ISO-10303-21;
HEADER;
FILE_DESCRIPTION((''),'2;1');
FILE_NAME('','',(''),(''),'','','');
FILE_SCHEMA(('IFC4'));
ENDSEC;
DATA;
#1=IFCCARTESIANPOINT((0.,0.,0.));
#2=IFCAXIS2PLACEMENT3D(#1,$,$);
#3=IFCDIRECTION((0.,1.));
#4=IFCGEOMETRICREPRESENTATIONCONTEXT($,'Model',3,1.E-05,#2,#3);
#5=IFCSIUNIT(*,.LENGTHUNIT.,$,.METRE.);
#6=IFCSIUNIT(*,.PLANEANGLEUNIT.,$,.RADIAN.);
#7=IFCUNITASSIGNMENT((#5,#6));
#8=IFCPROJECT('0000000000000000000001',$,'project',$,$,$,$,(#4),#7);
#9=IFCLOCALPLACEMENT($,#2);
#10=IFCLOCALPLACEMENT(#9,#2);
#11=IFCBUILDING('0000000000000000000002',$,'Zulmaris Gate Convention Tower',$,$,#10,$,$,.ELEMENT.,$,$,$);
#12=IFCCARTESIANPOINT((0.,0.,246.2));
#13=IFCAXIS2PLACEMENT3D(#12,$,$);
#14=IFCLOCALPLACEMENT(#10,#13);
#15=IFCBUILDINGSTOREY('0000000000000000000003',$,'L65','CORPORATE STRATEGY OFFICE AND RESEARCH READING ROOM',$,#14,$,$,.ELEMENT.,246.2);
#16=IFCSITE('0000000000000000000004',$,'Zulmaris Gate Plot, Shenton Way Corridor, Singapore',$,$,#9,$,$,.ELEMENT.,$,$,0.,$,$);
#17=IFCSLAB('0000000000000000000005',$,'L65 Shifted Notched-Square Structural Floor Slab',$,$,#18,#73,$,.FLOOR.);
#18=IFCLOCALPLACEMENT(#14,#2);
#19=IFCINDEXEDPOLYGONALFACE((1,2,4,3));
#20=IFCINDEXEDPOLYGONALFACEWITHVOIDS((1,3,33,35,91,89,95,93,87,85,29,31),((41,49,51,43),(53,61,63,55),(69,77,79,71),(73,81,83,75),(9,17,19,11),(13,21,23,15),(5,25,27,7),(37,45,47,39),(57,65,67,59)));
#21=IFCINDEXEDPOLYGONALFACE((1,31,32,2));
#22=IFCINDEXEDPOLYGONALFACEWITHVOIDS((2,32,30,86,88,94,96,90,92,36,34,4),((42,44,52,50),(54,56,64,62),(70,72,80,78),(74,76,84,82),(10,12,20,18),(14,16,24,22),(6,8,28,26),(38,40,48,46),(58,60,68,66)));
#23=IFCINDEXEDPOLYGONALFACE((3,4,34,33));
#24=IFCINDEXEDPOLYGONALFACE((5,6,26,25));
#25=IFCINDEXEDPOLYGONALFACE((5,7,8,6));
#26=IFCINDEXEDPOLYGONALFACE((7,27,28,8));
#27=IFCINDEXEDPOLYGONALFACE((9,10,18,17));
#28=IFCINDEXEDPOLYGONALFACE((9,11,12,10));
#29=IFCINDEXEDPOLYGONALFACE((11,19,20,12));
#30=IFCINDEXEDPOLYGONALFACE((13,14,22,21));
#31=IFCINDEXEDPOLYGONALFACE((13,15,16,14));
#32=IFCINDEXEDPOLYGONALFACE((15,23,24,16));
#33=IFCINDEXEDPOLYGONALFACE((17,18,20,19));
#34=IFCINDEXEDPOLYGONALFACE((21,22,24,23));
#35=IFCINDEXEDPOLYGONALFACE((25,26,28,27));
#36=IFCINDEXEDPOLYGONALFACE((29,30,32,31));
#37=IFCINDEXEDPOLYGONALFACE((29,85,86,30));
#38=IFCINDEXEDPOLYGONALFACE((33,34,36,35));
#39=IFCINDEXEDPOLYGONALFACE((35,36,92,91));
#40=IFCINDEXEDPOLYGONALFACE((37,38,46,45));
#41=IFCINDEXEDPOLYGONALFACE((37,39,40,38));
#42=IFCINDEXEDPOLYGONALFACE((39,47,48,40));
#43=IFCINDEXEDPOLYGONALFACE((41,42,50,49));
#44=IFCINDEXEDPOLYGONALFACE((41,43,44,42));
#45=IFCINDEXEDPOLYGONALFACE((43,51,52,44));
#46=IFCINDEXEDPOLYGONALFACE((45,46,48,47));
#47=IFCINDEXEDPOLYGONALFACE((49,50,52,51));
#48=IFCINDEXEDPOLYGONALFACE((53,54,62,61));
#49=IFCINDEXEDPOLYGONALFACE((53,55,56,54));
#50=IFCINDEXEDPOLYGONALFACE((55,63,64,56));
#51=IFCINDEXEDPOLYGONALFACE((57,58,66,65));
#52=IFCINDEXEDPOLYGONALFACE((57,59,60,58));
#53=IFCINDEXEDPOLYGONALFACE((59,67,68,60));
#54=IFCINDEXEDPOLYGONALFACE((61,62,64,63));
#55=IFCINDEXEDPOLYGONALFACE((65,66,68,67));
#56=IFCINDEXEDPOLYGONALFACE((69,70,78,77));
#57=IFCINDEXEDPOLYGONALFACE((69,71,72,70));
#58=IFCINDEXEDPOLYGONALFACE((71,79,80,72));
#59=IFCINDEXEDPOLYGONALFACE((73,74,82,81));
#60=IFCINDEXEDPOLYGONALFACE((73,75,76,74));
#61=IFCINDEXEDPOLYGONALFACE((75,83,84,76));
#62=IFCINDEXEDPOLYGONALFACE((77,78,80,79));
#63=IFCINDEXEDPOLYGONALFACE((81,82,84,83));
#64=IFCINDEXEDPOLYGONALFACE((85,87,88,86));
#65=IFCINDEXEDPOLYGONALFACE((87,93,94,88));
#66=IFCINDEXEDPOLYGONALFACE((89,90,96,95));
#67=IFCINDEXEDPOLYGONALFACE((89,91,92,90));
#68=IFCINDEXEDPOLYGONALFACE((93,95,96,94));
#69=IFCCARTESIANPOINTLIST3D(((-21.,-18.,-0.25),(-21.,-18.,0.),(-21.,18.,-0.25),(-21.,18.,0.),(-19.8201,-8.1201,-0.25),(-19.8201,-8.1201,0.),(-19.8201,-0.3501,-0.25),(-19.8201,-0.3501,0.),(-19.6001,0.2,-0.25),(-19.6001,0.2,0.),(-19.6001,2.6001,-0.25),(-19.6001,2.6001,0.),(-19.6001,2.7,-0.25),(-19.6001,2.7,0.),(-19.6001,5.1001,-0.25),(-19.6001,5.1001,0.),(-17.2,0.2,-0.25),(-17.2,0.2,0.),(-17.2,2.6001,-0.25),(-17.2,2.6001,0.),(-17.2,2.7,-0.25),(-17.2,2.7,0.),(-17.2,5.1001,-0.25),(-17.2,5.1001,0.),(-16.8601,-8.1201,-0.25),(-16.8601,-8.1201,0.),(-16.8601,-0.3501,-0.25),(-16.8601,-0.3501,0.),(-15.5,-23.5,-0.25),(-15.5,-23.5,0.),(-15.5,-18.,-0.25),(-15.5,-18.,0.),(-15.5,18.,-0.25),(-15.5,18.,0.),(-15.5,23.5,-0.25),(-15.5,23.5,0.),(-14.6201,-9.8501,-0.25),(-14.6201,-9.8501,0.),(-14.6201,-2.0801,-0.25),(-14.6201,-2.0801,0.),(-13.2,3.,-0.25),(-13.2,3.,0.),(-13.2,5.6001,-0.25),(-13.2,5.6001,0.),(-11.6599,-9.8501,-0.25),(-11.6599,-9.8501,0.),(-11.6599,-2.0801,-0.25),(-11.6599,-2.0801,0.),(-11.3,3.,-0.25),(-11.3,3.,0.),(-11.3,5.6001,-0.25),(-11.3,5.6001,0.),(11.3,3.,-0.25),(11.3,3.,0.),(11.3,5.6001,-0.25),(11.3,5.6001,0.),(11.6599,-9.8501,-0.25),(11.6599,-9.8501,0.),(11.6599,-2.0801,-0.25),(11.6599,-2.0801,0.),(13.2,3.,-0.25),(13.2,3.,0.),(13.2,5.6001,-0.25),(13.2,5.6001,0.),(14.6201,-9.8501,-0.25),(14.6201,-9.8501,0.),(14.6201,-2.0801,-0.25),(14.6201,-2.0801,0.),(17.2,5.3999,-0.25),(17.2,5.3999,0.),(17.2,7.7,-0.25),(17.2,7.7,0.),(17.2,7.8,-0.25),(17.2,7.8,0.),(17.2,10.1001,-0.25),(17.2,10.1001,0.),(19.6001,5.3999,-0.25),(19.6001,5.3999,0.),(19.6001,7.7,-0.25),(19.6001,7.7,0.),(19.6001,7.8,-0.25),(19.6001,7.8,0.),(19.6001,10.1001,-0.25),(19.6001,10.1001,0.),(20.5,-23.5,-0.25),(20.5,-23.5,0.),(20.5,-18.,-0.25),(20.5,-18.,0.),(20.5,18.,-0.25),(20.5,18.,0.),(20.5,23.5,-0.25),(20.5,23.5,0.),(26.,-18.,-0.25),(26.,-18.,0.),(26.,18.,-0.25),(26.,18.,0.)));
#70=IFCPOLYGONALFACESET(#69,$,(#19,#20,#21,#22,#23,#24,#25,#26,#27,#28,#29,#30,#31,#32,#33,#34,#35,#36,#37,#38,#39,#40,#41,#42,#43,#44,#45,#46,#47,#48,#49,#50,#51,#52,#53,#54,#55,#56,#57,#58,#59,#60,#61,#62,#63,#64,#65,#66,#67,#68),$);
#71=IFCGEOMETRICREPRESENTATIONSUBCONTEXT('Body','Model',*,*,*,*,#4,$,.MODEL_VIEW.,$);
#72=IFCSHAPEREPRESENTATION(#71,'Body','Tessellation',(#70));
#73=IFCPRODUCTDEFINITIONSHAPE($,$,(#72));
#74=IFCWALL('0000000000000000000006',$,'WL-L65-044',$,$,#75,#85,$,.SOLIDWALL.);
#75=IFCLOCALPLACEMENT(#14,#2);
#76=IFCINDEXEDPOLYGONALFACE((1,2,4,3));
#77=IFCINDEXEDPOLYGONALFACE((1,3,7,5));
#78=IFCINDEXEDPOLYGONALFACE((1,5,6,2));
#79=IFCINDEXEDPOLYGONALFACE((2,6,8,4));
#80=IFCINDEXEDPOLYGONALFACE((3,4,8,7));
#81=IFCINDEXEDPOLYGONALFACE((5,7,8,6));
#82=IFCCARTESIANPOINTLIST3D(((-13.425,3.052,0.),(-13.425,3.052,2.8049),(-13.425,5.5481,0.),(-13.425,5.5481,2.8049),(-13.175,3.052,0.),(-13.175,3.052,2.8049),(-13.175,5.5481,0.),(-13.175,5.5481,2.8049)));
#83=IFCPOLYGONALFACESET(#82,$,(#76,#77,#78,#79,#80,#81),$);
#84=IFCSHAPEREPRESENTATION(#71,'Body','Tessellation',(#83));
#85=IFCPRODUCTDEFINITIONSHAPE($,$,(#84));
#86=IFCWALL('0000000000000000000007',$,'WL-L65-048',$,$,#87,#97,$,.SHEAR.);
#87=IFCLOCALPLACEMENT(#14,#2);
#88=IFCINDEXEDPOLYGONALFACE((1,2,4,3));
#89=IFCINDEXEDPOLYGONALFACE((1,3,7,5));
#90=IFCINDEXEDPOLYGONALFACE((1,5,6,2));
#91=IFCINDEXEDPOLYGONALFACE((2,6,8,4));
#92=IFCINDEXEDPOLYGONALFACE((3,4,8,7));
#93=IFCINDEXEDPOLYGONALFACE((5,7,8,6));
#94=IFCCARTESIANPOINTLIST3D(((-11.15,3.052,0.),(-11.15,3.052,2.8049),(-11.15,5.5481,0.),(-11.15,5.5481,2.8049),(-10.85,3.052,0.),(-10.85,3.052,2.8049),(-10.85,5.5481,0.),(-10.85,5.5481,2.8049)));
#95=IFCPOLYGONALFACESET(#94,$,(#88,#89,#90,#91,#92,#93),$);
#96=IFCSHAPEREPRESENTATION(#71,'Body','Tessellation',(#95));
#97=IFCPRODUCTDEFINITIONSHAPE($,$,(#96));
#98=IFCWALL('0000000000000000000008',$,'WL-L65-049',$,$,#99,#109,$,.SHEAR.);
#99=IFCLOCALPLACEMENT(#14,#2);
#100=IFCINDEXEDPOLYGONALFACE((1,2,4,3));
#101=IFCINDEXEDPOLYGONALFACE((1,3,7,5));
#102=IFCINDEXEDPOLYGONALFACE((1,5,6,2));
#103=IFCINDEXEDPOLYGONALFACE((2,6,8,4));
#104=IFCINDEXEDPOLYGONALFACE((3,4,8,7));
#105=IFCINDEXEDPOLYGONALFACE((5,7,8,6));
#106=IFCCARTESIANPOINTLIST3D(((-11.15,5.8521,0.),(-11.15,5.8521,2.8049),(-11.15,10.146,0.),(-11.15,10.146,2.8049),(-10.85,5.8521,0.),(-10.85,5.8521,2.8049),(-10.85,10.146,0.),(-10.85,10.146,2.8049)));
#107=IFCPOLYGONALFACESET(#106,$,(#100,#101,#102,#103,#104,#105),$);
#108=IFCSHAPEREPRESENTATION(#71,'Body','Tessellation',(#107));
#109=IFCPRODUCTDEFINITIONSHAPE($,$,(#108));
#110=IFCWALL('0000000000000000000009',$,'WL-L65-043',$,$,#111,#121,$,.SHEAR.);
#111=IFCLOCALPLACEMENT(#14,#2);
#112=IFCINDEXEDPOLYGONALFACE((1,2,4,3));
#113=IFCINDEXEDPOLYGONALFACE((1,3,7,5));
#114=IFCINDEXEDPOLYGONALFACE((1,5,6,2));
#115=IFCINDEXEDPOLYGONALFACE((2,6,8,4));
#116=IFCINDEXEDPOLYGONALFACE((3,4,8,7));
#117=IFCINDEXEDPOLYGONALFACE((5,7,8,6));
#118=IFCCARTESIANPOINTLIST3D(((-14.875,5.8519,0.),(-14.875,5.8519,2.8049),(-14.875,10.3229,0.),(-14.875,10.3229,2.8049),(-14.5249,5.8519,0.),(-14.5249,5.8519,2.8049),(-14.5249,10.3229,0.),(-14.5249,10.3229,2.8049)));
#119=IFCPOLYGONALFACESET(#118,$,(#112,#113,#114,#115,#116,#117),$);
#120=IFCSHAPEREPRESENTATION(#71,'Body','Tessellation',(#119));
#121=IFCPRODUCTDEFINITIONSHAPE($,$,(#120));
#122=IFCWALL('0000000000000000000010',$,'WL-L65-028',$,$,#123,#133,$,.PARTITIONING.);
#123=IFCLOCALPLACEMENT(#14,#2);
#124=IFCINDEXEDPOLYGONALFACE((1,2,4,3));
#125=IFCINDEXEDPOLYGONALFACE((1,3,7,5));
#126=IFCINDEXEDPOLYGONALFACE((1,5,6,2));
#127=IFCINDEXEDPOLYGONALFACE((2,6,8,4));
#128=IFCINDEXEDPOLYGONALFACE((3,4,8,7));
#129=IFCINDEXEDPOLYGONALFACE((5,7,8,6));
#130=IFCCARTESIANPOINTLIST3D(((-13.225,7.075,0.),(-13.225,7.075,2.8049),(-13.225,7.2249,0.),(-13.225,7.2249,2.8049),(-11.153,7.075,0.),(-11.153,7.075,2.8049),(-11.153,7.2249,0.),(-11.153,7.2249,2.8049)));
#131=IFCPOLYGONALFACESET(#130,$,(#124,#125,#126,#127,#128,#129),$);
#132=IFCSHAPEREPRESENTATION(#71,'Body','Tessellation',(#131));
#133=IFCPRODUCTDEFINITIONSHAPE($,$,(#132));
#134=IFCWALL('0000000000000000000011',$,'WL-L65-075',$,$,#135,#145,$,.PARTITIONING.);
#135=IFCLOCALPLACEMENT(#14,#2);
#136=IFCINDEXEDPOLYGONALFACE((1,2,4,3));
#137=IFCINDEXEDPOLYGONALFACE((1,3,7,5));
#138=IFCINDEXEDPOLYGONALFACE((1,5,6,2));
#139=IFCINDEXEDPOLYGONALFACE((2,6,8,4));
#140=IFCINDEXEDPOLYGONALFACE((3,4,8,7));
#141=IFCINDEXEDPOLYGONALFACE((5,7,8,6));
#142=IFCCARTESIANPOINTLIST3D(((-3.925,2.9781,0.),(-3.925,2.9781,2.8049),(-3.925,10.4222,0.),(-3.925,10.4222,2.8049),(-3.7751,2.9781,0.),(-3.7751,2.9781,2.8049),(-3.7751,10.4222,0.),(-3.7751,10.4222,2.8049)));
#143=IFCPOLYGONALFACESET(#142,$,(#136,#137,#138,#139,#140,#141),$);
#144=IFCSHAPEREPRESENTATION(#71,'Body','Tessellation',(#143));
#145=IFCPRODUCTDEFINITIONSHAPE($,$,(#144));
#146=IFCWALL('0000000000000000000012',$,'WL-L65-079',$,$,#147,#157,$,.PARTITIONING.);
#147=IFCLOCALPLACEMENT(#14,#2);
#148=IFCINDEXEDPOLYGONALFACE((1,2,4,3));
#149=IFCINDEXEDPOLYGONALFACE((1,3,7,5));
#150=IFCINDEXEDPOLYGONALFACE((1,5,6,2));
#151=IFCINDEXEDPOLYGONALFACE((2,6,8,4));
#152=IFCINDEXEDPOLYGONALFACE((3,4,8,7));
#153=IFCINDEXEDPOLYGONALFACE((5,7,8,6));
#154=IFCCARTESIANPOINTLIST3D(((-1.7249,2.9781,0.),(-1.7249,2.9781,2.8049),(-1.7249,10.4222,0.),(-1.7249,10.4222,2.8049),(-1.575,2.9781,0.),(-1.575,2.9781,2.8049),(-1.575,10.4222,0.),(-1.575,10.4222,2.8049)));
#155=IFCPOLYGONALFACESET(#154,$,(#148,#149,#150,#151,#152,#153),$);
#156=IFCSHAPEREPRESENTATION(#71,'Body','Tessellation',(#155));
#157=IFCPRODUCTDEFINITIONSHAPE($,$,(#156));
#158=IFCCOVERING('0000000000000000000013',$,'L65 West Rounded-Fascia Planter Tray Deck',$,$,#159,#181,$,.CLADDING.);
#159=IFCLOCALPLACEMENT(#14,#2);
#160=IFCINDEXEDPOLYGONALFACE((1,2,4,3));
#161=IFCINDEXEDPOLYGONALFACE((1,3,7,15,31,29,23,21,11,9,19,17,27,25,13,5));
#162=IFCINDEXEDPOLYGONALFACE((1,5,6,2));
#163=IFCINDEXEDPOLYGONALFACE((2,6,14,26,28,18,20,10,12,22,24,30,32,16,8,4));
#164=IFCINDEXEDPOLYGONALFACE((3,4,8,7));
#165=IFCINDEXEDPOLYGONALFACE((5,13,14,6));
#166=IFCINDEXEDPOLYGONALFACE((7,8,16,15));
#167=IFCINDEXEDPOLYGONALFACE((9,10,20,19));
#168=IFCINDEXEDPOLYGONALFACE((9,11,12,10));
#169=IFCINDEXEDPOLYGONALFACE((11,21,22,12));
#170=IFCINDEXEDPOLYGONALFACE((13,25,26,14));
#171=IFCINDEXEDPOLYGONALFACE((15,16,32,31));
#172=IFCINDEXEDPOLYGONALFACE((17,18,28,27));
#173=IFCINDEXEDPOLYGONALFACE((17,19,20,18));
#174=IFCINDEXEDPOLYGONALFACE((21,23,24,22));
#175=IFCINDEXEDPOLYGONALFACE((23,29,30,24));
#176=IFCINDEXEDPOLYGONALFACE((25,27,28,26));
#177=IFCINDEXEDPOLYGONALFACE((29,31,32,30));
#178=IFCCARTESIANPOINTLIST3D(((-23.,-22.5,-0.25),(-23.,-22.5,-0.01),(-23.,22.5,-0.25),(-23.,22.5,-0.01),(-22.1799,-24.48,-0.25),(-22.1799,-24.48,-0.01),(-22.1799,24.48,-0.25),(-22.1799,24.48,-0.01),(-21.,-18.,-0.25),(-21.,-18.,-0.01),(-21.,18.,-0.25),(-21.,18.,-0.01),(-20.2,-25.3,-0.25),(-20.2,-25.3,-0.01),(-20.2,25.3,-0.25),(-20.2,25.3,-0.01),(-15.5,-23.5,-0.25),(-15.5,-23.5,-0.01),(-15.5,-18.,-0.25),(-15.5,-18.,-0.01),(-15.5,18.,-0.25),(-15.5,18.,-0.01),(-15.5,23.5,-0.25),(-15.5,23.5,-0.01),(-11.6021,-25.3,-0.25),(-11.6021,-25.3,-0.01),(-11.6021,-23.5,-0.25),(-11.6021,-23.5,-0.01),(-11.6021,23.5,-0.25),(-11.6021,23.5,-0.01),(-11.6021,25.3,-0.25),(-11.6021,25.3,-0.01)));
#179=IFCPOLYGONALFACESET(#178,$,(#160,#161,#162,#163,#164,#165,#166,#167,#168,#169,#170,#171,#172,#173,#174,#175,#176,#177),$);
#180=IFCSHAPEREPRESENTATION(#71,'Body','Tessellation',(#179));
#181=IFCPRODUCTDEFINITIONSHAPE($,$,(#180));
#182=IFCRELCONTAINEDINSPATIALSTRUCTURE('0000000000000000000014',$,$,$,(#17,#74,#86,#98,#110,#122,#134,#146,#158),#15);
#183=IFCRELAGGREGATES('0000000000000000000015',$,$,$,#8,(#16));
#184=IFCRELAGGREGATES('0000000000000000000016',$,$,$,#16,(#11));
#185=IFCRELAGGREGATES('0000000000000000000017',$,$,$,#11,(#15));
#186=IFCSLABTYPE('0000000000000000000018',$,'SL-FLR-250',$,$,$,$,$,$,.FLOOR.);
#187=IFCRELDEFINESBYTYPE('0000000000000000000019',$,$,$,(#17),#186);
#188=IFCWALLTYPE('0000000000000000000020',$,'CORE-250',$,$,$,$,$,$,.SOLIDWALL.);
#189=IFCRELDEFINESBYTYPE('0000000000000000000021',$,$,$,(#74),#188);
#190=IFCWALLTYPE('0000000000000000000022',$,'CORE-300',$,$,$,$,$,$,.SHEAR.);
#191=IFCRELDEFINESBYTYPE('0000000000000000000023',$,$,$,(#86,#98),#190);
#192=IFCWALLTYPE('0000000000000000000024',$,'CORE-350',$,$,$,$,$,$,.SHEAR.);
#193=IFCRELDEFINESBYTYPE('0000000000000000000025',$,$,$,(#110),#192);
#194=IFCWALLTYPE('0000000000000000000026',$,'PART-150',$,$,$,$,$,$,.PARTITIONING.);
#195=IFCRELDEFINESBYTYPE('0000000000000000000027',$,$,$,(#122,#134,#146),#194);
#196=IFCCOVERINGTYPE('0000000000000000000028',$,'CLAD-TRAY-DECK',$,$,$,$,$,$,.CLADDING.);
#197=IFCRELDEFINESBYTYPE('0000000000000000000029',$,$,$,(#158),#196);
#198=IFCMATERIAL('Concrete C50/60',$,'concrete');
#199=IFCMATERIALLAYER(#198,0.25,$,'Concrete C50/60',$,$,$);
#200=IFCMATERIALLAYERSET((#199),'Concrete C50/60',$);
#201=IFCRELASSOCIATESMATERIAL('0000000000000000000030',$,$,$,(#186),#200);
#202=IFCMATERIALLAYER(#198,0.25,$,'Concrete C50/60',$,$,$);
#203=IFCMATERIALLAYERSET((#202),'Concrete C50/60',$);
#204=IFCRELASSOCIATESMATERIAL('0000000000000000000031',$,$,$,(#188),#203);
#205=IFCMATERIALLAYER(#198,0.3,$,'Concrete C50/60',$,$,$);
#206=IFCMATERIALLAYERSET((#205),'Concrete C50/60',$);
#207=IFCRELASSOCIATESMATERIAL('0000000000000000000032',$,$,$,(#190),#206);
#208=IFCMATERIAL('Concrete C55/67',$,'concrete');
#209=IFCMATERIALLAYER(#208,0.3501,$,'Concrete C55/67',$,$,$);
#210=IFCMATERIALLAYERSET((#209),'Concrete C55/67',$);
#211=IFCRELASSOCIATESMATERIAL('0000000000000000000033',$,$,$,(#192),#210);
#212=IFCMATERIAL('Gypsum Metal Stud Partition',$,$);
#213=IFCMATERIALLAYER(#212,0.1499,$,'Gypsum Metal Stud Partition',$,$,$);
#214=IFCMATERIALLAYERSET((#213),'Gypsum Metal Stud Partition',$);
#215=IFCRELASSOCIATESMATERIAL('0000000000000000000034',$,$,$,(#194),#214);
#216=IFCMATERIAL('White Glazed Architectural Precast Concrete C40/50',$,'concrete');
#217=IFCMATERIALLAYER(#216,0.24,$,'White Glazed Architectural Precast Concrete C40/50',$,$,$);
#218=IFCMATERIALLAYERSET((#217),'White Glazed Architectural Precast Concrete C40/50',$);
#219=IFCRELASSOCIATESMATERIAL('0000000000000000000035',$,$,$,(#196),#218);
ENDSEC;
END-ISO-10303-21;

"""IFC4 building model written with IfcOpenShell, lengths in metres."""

from ifc_helpers import new_model, si_unit, direction, frame, frame_2d, origin, place, context, subcontext, project, spatial, polyline, rectangle, outline, extrude, material, layer, layer_set, type_object, element, save


model = new_model("IFC4")

# Units and contexts
model_context = context("Model", 3, precision=1e-05, world=origin(), true_north=direction((0.0, 1.0)))
body_context = subcontext(model_context, "Body", "Model", "MODEL_VIEW")
ifc_project = project(units=[si_unit("LENGTHUNIT", "METRE"), si_unit("PLANEANGLEUNIT", "RADIAN")], contexts=[model_context])

# Site, building, storey
site_placement = place(None, origin())
site = spatial("IfcSite", under=ifc_project, at=site_placement, Name="Zulmaris Gate Plot, Shenton Way Corridor, Singapore", CompositionType="ELEMENT", RefElevation=0.0)
building_placement = place(site_placement, origin())
building = spatial("IfcBuilding", under=site, at=building_placement, Name="Zulmaris Gate Convention Tower", CompositionType="ELEMENT")
storey_placement = place(building_placement, frame((0.0, 0.0, 246.2)))
storey = spatial("IfcBuildingStorey", under=building, at=storey_placement, Name="L65", Description="CORPORATE STRATEGY OFFICE AND RESEARCH READING ROOM", CompositionType="ELEMENT", Elevation=246.2)

# Shared definitions
ifc_material_1 = material(Name="Concrete C50/60", Category="concrete")

# Slab
ifc_layer_1 = layer(ifc_material_1, 0.25, Name="Concrete C50/60")
ifc_layer_set_1 = layer_set([ifc_layer_1], Name="Concrete C50/60")
slab_type_1 = type_object("IfcSlabType", Name="SL-FLR-250", PredefinedType="FLOOR", material=ifc_layer_set_1)
slab_1_placement = place(storey_placement, frame((0.0, 0.0, -0.25)))
element("IfcSlab", 1, at=slab_1_placement, inside=storey, type_object=slab_type_1, Name="L65 Shifted Notched-Square Structural Floor Slab", PredefinedType="FLOOR", context=body_context, shape_type="SweptSolid", body=[
    extrude(outline(polyline([(-15.5, -23.5), (20.5, -23.5), (20.5, -18.0), (26.0, -18.0), (26.0, 18.0), (20.5, 18.0), (20.5, 23.5), (-15.5, 23.5), (-15.5, 18.0), (-21.0, 18.0), (-21.0, -18.0), (-15.5, -18.0), (-15.5, -23.5)]), holes=[polyline([(-14.6201, -2.0801), (-14.6201, -9.8501), (-11.6599, -9.8501), (-11.6599, -2.0801), (-14.6201, -2.0801)]), polyline([(11.6599, -2.0801), (11.6599, -9.8501), (14.6201, -9.8501), (14.6201, -2.0801), (11.6599, -2.0801)]), polyline([(-16.8601, -8.1201), (-16.8601, -0.3501), (-19.8201, -0.3501), (-19.8201, -8.1201), (-16.8601, -8.1201)]), polyline([(-13.2, 3.0), (-11.3, 3.0), (-11.3, 5.6001), (-13.2, 5.6001), (-13.2, 3.0)]), polyline([(11.3, 3.0), (13.2, 3.0), (13.2, 5.6001), (11.3, 5.6001), (11.3, 3.0)]), polyline([(17.2, 5.3999), (19.6001, 5.3999), (19.6001, 7.7), (17.2, 7.7), (17.2, 5.3999)]), polyline([(17.2, 7.8), (19.6001, 7.8), (19.6001, 10.1001), (17.2, 10.1001), (17.2, 7.8)]), polyline([(-19.6001, 0.2), (-17.2, 0.2), (-17.2, 2.6001), (-19.6001, 2.6001), (-19.6001, 0.2)]), polyline([(-19.6001, 2.7), (-17.2, 2.7), (-17.2, 5.1001), (-19.6001, 5.1001), (-19.6001, 2.7)])]), origin(), (0.0, 0.0, 1.0), 0.25),
])

# Wall
ifc_layer_2 = layer(ifc_material_1, 0.25, Name="Concrete C50/60")
ifc_layer_set_2 = layer_set([ifc_layer_2], Name="Concrete C50/60")
wall_type_1 = type_object("IfcWallType", Name="CORE-250", PredefinedType="SOLIDWALL", material=ifc_layer_set_2)
wall_1_placement = place(storey_placement, frame((-13.3, 3.052, 0.0), z_axis=(0.0, 0.0, 1.0), x_axis=(0.0, 1.0, 0.0)))
element("IfcWall", 2, at=wall_1_placement, inside=storey, type_object=wall_type_1, Name="WL-L65-044", PredefinedType="SOLIDWALL", context=body_context, shape_type="SweptSolid", body=[
    extrude(rectangle(XDim=2.4961, YDim=0.25, at=frame_2d((1.248, 0.0))), origin(), (0.0, 0.0, 1.0), 2.8049),
])

# Shared definitions
ifc_layer_3 = layer(ifc_material_1, 0.3, Name="Concrete C50/60")
ifc_layer_set_3 = layer_set([ifc_layer_3], Name="Concrete C50/60")
wall_type_2 = type_object("IfcWallType", Name="CORE-300", PredefinedType="SHEAR", material=ifc_layer_set_3)

# Walls
wall_2_placement = place(storey_placement, frame((-11.0, 3.052, 0.0), z_axis=(0.0, 0.0, 1.0), x_axis=(0.0, 1.0, 0.0)))
element("IfcWall", 3, at=wall_2_placement, inside=storey, type_object=wall_type_2, Name="WL-L65-048", PredefinedType="SHEAR", context=body_context, shape_type="SweptSolid", body=[
    extrude(rectangle(XDim=2.4961, YDim=0.3, at=frame_2d((1.248, 0.0))), origin(), (0.0, 0.0, 1.0), 2.8049),
])
wall_3_placement = place(storey_placement, frame((-11.0, 5.8521, 0.0), z_axis=(0.0, 0.0, 1.0), x_axis=(0.0, 1.0, 0.0)))
element("IfcWall", 4, at=wall_3_placement, inside=storey, type_object=wall_type_2, Name="WL-L65-049", PredefinedType="SHEAR", context=body_context, shape_type="SweptSolid", body=[
    extrude(rectangle(XDim=4.2939, YDim=0.3, at=frame_2d((2.147, 0.0))), origin(), (0.0, 0.0, 1.0), 2.8049),
])
ifc_material_2 = material(Name="Concrete C55/67", Category="concrete")
ifc_layer_4 = layer(ifc_material_2, 0.3501, Name="Concrete C55/67")
ifc_layer_set_4 = layer_set([ifc_layer_4], Name="Concrete C55/67")
wall_type_3 = type_object("IfcWallType", Name="CORE-350", PredefinedType="SHEAR", material=ifc_layer_set_4)
wall_4_placement = place(storey_placement, frame((-14.7, 5.8521, 0.0), z_axis=(0.0, 0.0, 1.0), x_axis=(0.0, 1.0, 0.0)))
element("IfcWall", 5, at=wall_4_placement, inside=storey, type_object=wall_type_3, Name="WL-L65-043", PredefinedType="SHEAR", context=body_context, shape_type="SweptSolid", body=[
    extrude(rectangle(XDim=4.4709, YDim=0.3501, at=frame_2d((2.2354, 0.0))), origin(), (0.0, 0.0, 1.0), 2.8049),
])

# Shared definitions
ifc_material_3 = material(Name="Gypsum Metal Stud Partition")
ifc_layer_5 = layer(ifc_material_3, 0.1499, Name="Gypsum Metal Stud Partition")
ifc_layer_set_5 = layer_set([ifc_layer_5], Name="Gypsum Metal Stud Partition")
wall_type_4 = type_object("IfcWallType", Name="PART-150", PredefinedType="PARTITIONING", material=ifc_layer_set_5)

# Wall
wall_5_placement = place(storey_placement, frame((-13.2251, 7.1499, 0.0), z_axis=(0.0, 0.0, 1.0), x_axis=(1.0, 0.0, 0.0)))
element("IfcWall", 6, at=wall_5_placement, inside=storey, type_object=wall_type_4, Name="WL-L65-028", PredefinedType="PARTITIONING", context=body_context, shape_type="SweptSolid", body=[
    extrude(rectangle(XDim=2.072, YDim=0.1499, at=frame_2d((1.0361, 0.0))), origin(), (0.0, 0.0, 1.0), 2.8049),
])

# Walls
for number, where, z_axis, x_axis, name in (
    (7, (-3.8501, 2.978, 0.0), (0.0, 0.0, 1.0), (0.0, 1.0, 0.0), "WL-L65-075"),
    (8, (-1.6499, 2.978, 0.0), (0.0, 0.0, 1.0), (0.0, 1.0, 0.0), "WL-L65-079"),
):
    element("IfcWall", number, at=place(storey_placement, frame(where, z_axis=z_axis, x_axis=x_axis)), inside=storey, type_object=wall_type_4, Name=name, PredefinedType="PARTITIONING", context=body_context, shape_type="SweptSolid", body=[
        extrude(rectangle(XDim=7.4441, YDim=0.1499, at=frame_2d((3.7222, 0.0))), origin(), (0.0, 0.0, 1.0), 2.8049),
    ])

# Covering
ifc_material_4 = material(Name="White Glazed Architectural Precast Concrete C40/50", Category="concrete")
ifc_layer_6 = layer(ifc_material_4, 0.24, Name="White Glazed Architectural Precast Concrete C40/50")
ifc_layer_set_6 = layer_set([ifc_layer_6], Name="White Glazed Architectural Precast Concrete C40/50")
covering_type = type_object("IfcCoveringType", Name="CLAD-TRAY-DECK", PredefinedType="CLADDING", material=ifc_layer_set_6)
covering_1_placement = place(storey_placement, frame((0.0, 0.0, -0.25)))
element("IfcCovering", 9, at=covering_1_placement, inside=storey, type_object=covering_type, Name="L65 West Rounded-Fascia Planter Tray Deck", PredefinedType="CLADDING", context=body_context, shape_type="SweptSolid", body=[
    extrude(outline(polyline([(-23.0, 22.5), (-22.1799, 24.48), (-20.2, 25.3), (-11.6021, 25.3), (-11.6021, 23.5), (-15.5, 23.5), (-15.5, 18.0), (-21.0, 18.0), (-21.0, -18.0), (-15.5, -18.0), (-15.5, -23.5), (-11.6021, -23.5), (-11.6021, -25.3), (-20.2, -25.3), (-22.1799, -24.48), (-23.0, -22.5), (-23.0, 22.5)])), origin(), (0.0, 0.0, 1.0), 0.24),
])

save(model, "model.ifc")
